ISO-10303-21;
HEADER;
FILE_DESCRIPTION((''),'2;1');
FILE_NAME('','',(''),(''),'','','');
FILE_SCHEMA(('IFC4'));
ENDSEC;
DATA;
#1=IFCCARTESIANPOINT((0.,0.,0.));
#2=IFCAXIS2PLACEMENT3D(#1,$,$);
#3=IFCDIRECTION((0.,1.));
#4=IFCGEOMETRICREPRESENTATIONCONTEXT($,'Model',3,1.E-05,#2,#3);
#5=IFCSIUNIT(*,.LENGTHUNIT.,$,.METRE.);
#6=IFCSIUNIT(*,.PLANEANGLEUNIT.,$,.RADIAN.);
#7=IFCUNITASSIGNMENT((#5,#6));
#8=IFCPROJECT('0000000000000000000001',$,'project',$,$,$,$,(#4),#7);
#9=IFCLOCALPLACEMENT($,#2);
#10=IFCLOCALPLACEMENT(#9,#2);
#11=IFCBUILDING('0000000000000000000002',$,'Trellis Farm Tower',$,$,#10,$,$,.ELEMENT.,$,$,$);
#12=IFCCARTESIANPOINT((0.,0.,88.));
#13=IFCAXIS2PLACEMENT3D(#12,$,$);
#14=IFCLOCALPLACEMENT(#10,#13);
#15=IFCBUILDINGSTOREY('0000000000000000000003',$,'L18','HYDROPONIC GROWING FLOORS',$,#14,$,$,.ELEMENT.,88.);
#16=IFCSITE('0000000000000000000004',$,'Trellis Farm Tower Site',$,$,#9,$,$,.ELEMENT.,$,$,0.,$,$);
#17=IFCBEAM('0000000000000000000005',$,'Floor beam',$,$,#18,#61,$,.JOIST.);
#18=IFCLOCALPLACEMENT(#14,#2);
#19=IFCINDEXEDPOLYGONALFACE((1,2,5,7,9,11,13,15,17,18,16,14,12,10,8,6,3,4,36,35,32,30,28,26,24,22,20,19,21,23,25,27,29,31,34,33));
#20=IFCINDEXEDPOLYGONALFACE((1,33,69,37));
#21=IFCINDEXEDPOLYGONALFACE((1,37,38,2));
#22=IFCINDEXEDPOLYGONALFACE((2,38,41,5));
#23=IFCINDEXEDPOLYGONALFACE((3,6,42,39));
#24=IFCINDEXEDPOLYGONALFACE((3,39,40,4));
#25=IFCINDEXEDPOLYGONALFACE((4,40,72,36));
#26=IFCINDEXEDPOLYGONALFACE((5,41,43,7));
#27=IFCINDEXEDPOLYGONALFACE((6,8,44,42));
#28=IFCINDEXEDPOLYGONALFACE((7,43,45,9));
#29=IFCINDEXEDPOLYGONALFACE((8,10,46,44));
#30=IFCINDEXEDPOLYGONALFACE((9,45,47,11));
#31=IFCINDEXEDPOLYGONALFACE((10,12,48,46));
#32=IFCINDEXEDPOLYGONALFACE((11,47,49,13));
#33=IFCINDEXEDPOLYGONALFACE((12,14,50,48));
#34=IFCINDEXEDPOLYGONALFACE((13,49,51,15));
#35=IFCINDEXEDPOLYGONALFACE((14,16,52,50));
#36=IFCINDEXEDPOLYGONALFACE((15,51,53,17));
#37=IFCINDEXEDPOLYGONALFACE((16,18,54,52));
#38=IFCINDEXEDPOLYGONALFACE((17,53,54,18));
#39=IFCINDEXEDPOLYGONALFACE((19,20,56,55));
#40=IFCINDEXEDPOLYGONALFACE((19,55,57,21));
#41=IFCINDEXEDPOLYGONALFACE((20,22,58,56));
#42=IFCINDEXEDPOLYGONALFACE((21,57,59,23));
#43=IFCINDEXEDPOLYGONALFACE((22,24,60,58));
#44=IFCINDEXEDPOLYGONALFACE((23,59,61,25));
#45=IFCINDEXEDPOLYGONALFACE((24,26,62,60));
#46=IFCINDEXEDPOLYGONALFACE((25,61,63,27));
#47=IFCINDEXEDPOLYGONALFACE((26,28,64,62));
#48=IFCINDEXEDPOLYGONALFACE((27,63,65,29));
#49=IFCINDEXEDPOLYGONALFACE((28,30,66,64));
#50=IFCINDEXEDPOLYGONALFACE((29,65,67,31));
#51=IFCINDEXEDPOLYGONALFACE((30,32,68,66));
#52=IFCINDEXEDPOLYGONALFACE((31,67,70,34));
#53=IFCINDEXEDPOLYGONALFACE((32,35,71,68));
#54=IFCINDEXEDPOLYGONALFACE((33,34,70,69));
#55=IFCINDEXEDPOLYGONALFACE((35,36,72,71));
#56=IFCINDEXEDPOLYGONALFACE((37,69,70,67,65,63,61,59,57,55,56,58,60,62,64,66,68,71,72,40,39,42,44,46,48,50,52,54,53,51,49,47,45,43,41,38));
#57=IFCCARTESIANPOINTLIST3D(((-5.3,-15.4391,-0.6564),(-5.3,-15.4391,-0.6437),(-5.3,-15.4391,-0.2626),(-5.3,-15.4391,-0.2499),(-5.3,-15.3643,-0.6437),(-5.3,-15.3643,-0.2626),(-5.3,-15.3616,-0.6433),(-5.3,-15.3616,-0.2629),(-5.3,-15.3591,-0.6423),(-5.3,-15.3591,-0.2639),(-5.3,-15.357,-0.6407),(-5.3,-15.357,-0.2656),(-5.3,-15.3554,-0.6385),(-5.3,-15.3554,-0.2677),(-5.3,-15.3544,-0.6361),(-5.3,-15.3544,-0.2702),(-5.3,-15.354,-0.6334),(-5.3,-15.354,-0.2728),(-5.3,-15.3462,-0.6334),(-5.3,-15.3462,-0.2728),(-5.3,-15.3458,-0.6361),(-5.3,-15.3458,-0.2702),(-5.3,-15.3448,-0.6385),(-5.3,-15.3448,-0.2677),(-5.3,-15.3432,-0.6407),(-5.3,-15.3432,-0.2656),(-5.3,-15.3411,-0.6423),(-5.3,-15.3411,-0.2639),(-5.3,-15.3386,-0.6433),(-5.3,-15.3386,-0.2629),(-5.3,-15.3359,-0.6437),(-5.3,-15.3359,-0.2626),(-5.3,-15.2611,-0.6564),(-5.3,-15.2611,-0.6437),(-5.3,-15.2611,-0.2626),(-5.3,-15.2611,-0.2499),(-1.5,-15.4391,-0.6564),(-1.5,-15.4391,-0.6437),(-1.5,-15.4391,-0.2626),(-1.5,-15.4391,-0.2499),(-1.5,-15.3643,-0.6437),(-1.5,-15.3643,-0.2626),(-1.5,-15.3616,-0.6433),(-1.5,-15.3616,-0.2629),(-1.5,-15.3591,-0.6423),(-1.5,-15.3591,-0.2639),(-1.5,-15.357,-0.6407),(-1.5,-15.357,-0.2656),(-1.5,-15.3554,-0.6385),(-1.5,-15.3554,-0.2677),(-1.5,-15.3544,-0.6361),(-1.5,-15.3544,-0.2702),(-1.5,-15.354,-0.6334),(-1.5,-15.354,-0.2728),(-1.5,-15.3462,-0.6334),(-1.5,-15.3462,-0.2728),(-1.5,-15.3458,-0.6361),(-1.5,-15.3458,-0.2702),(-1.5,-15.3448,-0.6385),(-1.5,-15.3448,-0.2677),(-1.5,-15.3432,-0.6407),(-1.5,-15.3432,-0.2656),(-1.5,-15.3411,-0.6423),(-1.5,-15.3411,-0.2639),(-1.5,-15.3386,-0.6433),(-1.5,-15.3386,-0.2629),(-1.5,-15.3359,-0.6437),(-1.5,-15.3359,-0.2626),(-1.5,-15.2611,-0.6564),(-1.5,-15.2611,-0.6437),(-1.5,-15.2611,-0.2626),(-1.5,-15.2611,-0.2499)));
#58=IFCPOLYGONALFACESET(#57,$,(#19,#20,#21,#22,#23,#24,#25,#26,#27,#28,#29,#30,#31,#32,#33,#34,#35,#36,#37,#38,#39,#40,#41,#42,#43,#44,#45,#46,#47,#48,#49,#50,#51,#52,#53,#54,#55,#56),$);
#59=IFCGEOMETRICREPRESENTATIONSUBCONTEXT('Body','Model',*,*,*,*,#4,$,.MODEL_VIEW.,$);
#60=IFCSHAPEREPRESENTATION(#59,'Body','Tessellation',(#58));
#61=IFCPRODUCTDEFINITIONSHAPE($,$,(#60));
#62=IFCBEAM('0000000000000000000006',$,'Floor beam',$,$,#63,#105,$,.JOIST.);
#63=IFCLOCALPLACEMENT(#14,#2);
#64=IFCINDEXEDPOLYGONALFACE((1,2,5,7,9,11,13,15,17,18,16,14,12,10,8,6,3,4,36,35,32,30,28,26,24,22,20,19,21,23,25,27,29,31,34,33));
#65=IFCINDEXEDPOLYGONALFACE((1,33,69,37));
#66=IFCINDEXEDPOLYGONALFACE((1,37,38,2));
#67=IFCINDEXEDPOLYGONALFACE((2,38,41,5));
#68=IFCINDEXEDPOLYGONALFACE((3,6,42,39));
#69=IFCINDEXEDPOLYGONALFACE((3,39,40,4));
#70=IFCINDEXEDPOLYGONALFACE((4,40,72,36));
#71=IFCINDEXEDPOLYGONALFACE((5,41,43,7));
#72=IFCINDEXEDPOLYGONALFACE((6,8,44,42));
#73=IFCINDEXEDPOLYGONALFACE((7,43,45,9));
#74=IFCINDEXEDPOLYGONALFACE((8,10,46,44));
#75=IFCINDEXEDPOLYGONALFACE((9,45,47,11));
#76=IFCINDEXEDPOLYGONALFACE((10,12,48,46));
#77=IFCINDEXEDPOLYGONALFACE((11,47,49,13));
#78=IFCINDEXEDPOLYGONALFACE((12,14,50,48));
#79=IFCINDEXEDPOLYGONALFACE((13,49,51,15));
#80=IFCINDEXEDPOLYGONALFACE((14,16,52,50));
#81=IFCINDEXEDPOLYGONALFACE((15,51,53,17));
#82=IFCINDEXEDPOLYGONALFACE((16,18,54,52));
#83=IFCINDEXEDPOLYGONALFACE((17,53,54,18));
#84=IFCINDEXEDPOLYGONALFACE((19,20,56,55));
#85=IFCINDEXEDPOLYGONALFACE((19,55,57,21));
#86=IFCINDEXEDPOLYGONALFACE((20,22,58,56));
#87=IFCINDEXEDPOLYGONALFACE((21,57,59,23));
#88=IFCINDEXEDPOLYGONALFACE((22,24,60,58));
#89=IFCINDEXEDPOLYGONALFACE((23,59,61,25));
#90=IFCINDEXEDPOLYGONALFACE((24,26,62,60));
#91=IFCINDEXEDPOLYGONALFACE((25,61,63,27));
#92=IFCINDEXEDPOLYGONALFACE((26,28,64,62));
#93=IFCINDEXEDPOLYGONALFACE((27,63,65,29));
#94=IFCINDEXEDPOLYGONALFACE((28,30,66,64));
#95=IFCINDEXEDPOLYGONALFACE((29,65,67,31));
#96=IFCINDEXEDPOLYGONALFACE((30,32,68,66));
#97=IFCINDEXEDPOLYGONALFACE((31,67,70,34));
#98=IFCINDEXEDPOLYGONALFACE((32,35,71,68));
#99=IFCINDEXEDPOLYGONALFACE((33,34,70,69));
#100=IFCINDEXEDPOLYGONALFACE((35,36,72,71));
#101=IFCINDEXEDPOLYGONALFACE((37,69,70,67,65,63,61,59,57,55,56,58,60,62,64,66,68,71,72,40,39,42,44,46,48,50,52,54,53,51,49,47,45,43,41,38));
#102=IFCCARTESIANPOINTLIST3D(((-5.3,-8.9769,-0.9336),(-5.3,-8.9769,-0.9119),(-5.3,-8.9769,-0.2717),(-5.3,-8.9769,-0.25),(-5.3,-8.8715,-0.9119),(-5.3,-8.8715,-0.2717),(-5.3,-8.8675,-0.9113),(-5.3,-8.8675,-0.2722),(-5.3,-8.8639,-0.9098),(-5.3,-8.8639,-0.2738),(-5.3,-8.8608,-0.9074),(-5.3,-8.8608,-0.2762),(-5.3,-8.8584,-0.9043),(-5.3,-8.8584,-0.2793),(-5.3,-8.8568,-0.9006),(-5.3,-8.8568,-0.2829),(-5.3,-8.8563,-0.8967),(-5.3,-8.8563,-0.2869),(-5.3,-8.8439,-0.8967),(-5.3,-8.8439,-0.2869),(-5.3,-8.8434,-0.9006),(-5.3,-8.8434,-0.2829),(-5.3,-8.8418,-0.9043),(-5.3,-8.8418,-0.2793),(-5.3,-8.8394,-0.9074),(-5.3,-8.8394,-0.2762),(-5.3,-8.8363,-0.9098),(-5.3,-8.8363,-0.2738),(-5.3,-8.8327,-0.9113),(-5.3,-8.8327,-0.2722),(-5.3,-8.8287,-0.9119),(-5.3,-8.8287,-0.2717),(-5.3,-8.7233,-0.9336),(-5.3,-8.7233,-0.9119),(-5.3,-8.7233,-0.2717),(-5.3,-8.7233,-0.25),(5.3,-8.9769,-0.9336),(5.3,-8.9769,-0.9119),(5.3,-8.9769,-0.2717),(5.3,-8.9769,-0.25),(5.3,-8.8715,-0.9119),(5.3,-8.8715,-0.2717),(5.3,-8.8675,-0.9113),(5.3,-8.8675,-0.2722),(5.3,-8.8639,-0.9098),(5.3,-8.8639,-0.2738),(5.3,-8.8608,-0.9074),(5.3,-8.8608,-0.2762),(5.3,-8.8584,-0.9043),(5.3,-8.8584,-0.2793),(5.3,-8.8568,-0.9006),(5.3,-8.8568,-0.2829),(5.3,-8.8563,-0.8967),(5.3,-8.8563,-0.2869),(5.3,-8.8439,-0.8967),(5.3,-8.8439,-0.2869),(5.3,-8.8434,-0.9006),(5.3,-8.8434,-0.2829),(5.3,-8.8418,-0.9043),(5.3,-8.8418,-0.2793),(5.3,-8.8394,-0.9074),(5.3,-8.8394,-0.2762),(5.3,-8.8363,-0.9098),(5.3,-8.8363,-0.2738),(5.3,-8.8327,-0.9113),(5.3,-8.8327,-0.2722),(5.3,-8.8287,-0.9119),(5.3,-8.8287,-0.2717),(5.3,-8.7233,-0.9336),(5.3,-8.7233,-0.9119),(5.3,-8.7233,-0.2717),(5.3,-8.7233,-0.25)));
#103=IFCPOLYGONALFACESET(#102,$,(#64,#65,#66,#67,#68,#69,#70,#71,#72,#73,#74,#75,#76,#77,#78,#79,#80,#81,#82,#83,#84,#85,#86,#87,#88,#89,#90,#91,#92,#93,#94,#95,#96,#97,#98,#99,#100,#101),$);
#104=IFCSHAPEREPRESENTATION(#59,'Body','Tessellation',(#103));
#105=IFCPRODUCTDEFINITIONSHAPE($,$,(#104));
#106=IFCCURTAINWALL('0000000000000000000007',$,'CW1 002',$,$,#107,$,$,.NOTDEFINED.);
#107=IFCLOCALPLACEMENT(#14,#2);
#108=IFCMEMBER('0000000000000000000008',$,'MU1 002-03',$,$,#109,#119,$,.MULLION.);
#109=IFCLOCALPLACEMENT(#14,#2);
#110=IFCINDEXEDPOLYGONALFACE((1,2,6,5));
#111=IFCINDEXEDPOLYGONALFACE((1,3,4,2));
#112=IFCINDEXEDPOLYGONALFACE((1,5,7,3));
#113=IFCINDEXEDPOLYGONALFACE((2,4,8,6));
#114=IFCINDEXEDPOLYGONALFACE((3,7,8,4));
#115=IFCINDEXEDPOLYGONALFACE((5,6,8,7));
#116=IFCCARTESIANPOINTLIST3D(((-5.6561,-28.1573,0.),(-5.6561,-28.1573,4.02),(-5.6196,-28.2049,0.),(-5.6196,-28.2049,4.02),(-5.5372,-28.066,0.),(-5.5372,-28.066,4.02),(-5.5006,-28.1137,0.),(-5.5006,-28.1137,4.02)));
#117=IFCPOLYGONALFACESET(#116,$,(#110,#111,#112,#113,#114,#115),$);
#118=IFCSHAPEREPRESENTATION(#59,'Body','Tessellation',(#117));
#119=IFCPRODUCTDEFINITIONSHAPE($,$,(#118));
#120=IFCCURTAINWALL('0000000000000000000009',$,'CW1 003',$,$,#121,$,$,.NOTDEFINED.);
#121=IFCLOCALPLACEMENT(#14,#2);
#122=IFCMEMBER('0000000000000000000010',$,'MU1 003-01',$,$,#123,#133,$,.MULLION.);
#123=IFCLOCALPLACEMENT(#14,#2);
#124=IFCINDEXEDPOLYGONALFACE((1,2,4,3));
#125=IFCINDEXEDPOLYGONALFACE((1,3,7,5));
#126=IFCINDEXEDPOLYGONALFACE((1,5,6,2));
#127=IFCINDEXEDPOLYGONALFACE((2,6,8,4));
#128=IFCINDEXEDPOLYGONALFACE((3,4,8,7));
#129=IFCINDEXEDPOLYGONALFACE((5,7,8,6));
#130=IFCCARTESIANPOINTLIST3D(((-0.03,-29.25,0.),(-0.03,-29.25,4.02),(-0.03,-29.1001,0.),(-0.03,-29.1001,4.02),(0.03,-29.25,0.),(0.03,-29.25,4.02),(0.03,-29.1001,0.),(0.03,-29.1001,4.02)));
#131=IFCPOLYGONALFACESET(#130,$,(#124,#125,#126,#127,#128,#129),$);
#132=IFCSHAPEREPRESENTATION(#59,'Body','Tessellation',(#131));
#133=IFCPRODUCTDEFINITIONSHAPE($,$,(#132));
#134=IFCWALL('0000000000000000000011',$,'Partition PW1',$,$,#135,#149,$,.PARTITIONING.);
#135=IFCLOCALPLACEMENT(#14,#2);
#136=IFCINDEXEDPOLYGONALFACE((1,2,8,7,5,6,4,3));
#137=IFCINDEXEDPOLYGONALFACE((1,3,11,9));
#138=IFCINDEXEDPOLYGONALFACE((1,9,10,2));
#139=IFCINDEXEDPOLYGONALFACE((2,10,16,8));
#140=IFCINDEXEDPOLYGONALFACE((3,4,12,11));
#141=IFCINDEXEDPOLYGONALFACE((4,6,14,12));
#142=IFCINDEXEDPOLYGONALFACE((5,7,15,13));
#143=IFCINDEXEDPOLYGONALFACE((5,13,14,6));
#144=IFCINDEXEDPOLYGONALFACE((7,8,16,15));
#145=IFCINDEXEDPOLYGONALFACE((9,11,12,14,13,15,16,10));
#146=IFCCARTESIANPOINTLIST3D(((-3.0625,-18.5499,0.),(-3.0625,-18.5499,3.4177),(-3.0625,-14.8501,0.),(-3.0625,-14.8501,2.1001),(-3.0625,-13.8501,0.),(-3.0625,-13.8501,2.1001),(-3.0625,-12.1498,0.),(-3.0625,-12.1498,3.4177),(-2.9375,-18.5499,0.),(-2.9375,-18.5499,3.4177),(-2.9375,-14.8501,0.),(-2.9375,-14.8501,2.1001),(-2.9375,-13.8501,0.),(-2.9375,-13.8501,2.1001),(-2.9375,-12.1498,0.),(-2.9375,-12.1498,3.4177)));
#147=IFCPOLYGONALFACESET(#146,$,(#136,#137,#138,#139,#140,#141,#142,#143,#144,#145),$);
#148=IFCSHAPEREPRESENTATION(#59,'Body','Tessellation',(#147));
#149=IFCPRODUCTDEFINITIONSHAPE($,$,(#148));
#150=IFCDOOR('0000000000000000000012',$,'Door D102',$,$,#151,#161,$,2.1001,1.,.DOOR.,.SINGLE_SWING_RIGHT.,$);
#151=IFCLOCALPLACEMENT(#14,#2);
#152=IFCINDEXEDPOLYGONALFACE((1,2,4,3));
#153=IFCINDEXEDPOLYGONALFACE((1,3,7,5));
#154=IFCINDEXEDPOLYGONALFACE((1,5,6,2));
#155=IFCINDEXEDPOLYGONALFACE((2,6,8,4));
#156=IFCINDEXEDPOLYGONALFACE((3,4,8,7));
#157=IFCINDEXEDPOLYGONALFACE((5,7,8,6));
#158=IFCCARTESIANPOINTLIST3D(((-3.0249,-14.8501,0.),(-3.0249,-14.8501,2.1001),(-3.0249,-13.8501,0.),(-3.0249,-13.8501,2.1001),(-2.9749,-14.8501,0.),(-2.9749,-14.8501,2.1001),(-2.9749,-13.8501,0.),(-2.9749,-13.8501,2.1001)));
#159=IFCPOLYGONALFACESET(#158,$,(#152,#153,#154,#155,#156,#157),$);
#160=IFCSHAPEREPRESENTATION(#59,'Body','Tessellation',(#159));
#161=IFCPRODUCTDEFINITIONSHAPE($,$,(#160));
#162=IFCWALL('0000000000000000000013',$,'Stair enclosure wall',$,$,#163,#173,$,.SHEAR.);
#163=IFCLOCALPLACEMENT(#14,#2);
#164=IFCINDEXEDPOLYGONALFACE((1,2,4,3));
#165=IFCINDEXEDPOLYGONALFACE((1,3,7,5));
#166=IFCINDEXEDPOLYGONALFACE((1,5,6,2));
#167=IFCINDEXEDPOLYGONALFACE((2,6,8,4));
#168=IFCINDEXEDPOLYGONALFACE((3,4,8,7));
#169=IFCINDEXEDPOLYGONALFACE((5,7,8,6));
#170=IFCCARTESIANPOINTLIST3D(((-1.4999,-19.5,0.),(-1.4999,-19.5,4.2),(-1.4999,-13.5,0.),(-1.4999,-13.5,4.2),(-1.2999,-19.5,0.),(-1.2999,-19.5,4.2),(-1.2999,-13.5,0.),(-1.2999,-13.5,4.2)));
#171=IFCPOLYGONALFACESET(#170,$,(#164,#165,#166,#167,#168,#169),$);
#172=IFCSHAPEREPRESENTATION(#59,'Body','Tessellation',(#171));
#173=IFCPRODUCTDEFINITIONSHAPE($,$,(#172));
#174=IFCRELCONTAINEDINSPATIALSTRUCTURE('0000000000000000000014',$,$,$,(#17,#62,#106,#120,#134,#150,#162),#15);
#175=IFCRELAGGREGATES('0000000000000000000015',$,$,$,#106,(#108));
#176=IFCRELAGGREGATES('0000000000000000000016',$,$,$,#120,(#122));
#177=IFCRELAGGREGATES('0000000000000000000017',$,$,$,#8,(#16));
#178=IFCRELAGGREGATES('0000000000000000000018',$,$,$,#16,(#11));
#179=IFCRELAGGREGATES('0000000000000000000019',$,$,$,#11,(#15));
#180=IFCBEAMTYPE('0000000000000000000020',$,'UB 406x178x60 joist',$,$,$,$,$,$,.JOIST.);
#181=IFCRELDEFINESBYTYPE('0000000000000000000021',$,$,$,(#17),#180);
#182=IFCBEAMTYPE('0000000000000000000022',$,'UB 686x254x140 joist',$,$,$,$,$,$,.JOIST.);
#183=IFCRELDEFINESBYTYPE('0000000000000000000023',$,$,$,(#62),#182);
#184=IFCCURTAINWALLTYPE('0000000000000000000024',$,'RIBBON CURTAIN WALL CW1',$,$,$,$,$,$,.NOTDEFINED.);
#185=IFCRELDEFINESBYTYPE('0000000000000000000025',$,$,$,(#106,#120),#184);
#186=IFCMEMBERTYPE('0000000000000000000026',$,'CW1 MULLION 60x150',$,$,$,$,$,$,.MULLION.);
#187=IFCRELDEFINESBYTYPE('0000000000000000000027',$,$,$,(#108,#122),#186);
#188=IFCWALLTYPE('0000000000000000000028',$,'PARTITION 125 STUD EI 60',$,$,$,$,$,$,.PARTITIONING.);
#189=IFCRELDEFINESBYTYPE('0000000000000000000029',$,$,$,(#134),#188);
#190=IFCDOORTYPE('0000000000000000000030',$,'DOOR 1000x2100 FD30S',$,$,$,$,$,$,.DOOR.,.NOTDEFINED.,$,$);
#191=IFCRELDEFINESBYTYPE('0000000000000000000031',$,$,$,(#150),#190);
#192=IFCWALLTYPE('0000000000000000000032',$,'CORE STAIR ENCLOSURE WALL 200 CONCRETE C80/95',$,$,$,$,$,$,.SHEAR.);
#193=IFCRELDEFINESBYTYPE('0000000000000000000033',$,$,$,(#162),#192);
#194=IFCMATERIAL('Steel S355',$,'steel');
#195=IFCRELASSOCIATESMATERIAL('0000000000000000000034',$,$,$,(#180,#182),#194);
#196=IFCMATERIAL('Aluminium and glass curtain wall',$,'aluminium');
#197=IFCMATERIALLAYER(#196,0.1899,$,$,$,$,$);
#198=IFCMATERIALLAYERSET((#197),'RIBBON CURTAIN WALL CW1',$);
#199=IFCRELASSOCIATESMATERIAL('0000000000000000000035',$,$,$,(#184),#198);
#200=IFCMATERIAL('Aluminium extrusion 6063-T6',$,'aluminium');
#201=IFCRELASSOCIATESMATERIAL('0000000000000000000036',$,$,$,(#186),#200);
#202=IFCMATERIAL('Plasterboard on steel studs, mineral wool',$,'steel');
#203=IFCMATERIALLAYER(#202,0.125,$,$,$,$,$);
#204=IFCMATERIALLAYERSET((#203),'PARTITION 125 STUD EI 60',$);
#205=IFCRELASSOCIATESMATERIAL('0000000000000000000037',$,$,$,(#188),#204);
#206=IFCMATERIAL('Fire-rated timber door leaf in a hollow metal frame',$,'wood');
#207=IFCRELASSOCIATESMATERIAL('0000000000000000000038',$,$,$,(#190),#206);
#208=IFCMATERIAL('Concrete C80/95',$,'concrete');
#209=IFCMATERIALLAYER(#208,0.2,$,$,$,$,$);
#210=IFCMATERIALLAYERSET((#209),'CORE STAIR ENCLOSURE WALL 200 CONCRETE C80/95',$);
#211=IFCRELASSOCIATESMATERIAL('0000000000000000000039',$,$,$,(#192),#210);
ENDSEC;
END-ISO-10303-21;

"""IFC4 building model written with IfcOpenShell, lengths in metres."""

from ifc_helpers import new_model, si_unit, direction, frame, frame_2d, origin, origin_2d, place, context, subcontext, project, spatial, rectangle, i_section, extrude, source, transform, mapped, material, layer, layer_set, material_profile, profile_set, type_object, element, fill, aggregate, save


model = new_model("IFC4")

# Units and contexts
model_context = context("Model", 3, precision=1e-05, world=origin(), true_north=direction((0.0, 1.0)))
body_context = subcontext(model_context, "Body", "Model", "MODEL_VIEW")
ifc_project = project(units=[si_unit("LENGTHUNIT", "METRE"), si_unit("PLANEANGLEUNIT", "RADIAN")], contexts=[model_context])

# Site, building, storey
site_placement = place(None, origin())
site = spatial("IfcSite", under=ifc_project, at=site_placement, Name="Trellis Farm Tower Site", CompositionType="ELEMENT", RefElevation=0.0)
building_placement = place(site_placement, origin())
building = spatial("IfcBuilding", under=site, at=building_placement, Name="Trellis Farm Tower", CompositionType="ELEMENT")
storey_placement = place(building_placement, frame((0.0, 0.0, 88.0)))
storey = spatial("IfcBuildingStorey", under=building, at=storey_placement, Name="L18", Description="HYDROPONIC GROWING FLOORS", CompositionType="ELEMENT", Elevation=88.0)

# Shared definitions
ifc_material_1 = material(Name="Concrete C80/95", Category="concrete")

# Beams
ifc_material_2 = material(Name="Steel S355", Category="steel")
ifc_material_profile_1 = material_profile(ifc_material_2, i_section(OverallWidth=0.178, OverallDepth=0.4065, WebThickness=0.0078, FlangeThickness=0.0127, FilletRadius=0.0103, at=origin_2d()), Name="UB 406x178x60")
ifc_profile_set_1 = profile_set([ifc_material_profile_1], Name="Steel S355")
beam_type_1 = type_object("IfcBeamType", Name="UB 406x178x60 joist", PredefinedType="JOIST", material=ifc_profile_set_1)
shared_shape_1 = source(origin(), body_context, "Body", "SweptSolid", [
    extrude(i_section(OverallWidth=0.178, OverallDepth=0.4065, WebThickness=0.0078, FlangeThickness=0.0127, FilletRadius=0.0103, at=origin_2d()), origin(), (0.0, 0.0, 1.0), 3.8),
])
beam_1_placement = place(storey_placement, frame((-5.3, -15.3501, -0.4531), z_axis=(1.0, 0.0, 0.0), x_axis=(0.0, 1.0, 0.0)))
element("IfcBeam", 1, at=beam_1_placement, inside=storey, type_object=beam_type_1, Name="Floor beam", PredefinedType="JOIST", context=body_context, shape_type="MappedRepresentation", body=[
    mapped(shared_shape_1, transform((0.0, 0.0, 0.0))),
])
ifc_material_profile_2 = material_profile(ifc_material_2, i_section(OverallWidth=0.2537, OverallDepth=0.6836, WebThickness=0.0125, FlangeThickness=0.0217, FilletRadius=0.0151, at=origin_2d()), Name="UB 686x254x140")
ifc_profile_set_2 = profile_set([ifc_material_profile_2], Name="Steel S355")
beam_type_2 = type_object("IfcBeamType", Name="UB 686x254x140 joist", PredefinedType="JOIST", material=ifc_profile_set_2)
shared_shape_2 = source(origin(), body_context, "Body", "SweptSolid", [
    extrude(i_section(OverallWidth=0.2537, OverallDepth=0.6836, WebThickness=0.0125, FlangeThickness=0.0217, FilletRadius=0.0151, at=origin_2d()), origin(), (0.0, 0.0, 1.0), 10.6001),
])
beam_2_placement = place(storey_placement, frame((-5.3, -8.8501, -0.5918), z_axis=(1.0, 0.0, 0.0), x_axis=(0.0, 1.0, 0.0)))
element("IfcBeam", 2, at=beam_2_placement, inside=storey, type_object=beam_type_2, Name="Floor beam", PredefinedType="JOIST", context=body_context, shape_type="MappedRepresentation", body=[
    mapped(shared_shape_2, transform((0.0, 0.0, 0.0))),
])

# Curtain walls, members
ifc_material_3 = material(Name="Aluminium and glass curtain wall", Category="aluminium")
ifc_layer_1 = layer(ifc_material_3, 0.1899)
ifc_layer_set_1 = layer_set([ifc_layer_1], Name="RIBBON CURTAIN WALL CW1")
curtain_wall_type = type_object("IfcCurtainWallType", Name="RIBBON CURTAIN WALL CW1", PredefinedType="NOTDEFINED", material=ifc_layer_set_1)
placement = place(storey_placement, origin())
curtain_wall_1 = element("IfcCurtainWall", 3, at=placement, inside=storey, type_object=curtain_wall_type, Name="CW1 002", PredefinedType="NOTDEFINED")
ifc_material_4 = material(Name="Aluminium extrusion 6063-T6", Category="aluminium")
ifc_material_profile_3 = material_profile(ifc_material_4, rectangle(XDim=0.0601, YDim=0.1499, at=origin_2d()), Name="MULLION 60x150")
ifc_profile_set_3 = profile_set([ifc_material_profile_3], Name="Aluminium extrusion 6063-T6")
member_type = type_object("IfcMemberType", Name="CW1 MULLION 60x150", PredefinedType="MULLION", material=ifc_profile_set_3)
shared_shape_3 = source(origin(), body_context, "Body", "SweptSolid", [
    extrude(rectangle(XDim=0.0601, YDim=0.1499, at=origin_2d()), origin(), (0.0, 0.0, 1.0), 4.02),
])
member_1_placement = place(storey_placement, frame((-5.5784, -28.1355, 0.0), z_axis=(0.0, 0.0, 1.0), x_axis=(0.608761, -0.793353, 0.0)))
member_1 = element("IfcMember", 4, at=member_1_placement, type_object=member_type, Name="MU1 002-03", PredefinedType="MULLION", context=body_context, shape_type="MappedRepresentation", body=[
    mapped(shared_shape_3, transform((0.0, 0.0, 0.0))),
])
aggregate(curtain_wall_1, [member_1])
curtain_wall_2 = element("IfcCurtainWall", 5, at=placement, inside=storey, type_object=curtain_wall_type, Name="CW1 003", PredefinedType="NOTDEFINED")
member_2_placement = place(storey_placement, frame((0.0, -29.175, 0.0), z_axis=(0.0, 0.0, 1.0), x_axis=(1.0, 0.0, 0.0)))
member_2 = element("IfcMember", 6, at=member_2_placement, type_object=member_type, Name="MU1 003-01", PredefinedType="MULLION", context=body_context, shape_type="MappedRepresentation", body=[
    mapped(shared_shape_3, transform((0.0, 0.0, 0.0))),
])
aggregate(curtain_wall_2, [member_2])

# Wall, opening, door
ifc_material_5 = material(Name="Plasterboard on steel studs, mineral wool", Category="steel")
ifc_layer_2 = layer(ifc_material_5, 0.125)
ifc_layer_set_2 = layer_set([ifc_layer_2], Name="PARTITION 125 STUD EI 60")
wall_type_1 = type_object("IfcWallType", Name="PARTITION 125 STUD EI 60", PredefinedType="PARTITIONING", material=ifc_layer_set_2)
wall_1_placement = place(storey_placement, frame((-3.0, -18.55, 0.0), z_axis=(0.0, 0.0, 1.0), x_axis=(0.0, 1.0, 0.0)))
wall_1 = element("IfcWall", 7, at=wall_1_placement, inside=storey, type_object=wall_type_1, Name="Partition PW1", PredefinedType="PARTITIONING", context=body_context, shape_type="SweptSolid", body=[
    extrude(rectangle(XDim=6.4001, YDim=0.125, at=frame_2d((3.2002, 0.0))), origin(), (0.0, 0.0, 1.0), 3.4177),
])
shared_shape_4 = source(origin(), body_context, "Body", "SweptSolid", [
    extrude(rectangle(XDim=1.0, YDim=2.1001, at=frame_2d((0.5, 1.05))), frame((0.0, 0.0725, 0.0), z_axis=(0.0, -1.0, 0.0), x_axis=(1.0, 0.0, 0.0)), (0.0, 0.0, 1.0), 0.145),
])
opening_1_placement = place(wall_1_placement, frame((3.7, 0.0, 0.0)))
opening_1 = element("IfcOpeningElement", 8, at=opening_1_placement, cuts=wall_1, PredefinedType="OPENING", context=body_context, shape_type="MappedRepresentation", body=[
    mapped(shared_shape_4, transform((0.0, 0.0, 0.0))),
])
ifc_material_6 = material(Name="Fire-rated timber door leaf in a hollow metal frame", Category="wood")
door_type_1 = type_object("IfcDoorType", Name="DOOR 1000x2100 FD30S", OperationType="NOTDEFINED", PredefinedType="DOOR", material=ifc_material_6)
shared_shape_5 = source(origin(), body_context, "Body", "SweptSolid", [
    extrude(rectangle(XDim=1.0, YDim=2.1001, at=frame_2d((0.5, 1.05))), frame((0.0, 0.0249, 0.0), z_axis=(0.0, -1.0, 0.0), x_axis=(1.0, 0.0, 0.0)), (0.0, 0.0, 1.0), 0.05),
])
door_1_placement = place(opening_1_placement, origin())
door_1 = element("IfcDoor", 9, at=door_1_placement, inside=storey, type_object=door_type_1, Name="Door D102", OperationType="SINGLE_SWING_RIGHT", OverallHeight=2.1001, OverallWidth=1.0, PredefinedType="DOOR", context=body_context, shape_type="MappedRepresentation", body=[
    mapped(shared_shape_5, transform((0.0, 0.0, 0.0))),
])
fill(opening_1, door_1)

# Wall
ifc_layer_3 = layer(ifc_material_1, 0.2)
ifc_layer_set_3 = layer_set([ifc_layer_3], Name="CORE STAIR ENCLOSURE WALL 200 CONCRETE C80/95")
wall_type_2 = type_object("IfcWallType", Name="CORE STAIR ENCLOSURE WALL 200 CONCRETE C80/95", PredefinedType="SHEAR", material=ifc_layer_set_3)
shared_shape_6 = source(origin(), body_context, "Body", "SweptSolid", [
    extrude(rectangle(XDim=6.0, YDim=0.2, at=frame_2d((3.0, 0.0))), origin(), (0.0, 0.0, 1.0), 4.2),
])
wall_2_placement = place(storey_placement, frame((-1.3999, -13.5, 0.0), z_axis=(0.0, 0.0, 1.0), x_axis=(0.0, -1.0, 0.0)))
element("IfcWall", 10, at=wall_2_placement, inside=storey, type_object=wall_type_2, Name="Stair enclosure wall", PredefinedType="SHEAR", context=body_context, shape_type="MappedRepresentation", body=[
    mapped(shared_shape_6, transform((0.0, 0.0, 0.0))),
])

save(model, "model.ifc")
